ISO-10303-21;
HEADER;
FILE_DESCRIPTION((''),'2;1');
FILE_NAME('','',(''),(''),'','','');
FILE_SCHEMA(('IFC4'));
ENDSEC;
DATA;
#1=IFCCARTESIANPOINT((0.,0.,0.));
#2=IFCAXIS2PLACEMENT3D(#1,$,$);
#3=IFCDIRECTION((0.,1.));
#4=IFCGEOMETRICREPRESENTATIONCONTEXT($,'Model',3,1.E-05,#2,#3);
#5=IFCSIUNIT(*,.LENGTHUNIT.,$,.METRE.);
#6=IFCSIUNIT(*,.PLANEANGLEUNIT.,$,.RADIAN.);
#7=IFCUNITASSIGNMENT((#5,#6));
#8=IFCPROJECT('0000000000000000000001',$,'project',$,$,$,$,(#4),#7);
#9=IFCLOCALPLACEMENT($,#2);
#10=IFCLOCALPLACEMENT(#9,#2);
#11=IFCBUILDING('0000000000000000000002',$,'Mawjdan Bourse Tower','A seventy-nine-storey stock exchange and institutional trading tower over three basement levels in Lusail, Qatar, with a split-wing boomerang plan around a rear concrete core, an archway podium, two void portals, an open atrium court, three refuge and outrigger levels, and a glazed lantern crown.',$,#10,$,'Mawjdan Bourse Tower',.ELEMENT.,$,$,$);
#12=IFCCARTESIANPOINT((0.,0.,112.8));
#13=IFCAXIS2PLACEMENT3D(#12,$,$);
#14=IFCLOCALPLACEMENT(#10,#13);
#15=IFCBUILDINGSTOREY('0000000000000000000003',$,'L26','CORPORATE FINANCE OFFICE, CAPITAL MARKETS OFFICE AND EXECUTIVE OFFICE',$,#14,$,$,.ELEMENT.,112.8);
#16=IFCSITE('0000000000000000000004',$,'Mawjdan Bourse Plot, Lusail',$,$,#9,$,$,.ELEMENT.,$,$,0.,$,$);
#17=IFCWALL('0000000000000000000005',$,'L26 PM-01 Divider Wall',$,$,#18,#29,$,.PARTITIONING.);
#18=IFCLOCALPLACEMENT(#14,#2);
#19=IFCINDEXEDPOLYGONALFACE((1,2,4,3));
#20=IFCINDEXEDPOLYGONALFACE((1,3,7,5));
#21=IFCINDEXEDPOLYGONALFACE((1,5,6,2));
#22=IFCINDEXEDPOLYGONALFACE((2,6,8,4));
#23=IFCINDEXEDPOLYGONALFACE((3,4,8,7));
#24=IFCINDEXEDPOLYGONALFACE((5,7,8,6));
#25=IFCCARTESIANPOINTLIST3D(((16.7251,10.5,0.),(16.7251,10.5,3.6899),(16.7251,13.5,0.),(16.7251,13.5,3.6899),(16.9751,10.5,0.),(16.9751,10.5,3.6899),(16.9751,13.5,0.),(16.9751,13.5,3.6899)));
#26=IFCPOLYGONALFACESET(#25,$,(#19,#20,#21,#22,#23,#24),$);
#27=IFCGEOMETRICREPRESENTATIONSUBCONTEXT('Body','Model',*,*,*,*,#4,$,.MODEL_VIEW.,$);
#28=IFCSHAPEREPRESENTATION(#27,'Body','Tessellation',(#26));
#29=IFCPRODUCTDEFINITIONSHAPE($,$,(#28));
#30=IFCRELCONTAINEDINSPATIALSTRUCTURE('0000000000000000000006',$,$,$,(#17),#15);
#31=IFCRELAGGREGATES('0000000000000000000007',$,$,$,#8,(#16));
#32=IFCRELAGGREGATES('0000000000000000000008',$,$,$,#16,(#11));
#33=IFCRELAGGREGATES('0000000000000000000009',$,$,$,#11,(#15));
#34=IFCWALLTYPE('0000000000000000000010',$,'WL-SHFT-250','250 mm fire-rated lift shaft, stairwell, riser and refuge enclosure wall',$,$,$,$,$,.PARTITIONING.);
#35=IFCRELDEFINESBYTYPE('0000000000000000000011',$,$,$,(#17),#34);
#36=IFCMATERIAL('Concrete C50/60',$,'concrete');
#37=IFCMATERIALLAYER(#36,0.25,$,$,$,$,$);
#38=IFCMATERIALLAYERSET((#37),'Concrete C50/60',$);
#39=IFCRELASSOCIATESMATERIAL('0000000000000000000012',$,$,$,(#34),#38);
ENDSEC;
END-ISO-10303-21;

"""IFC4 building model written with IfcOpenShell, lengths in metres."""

from ifc_helpers import new_model, si_unit, direction, frame, frame_2d, origin, place, context, subcontext, project, spatial, rectangle, extrude, material, layer, layer_set, type_object, element, save


model = new_model("IFC4")

# Units and contexts
model_context = context("Model", 3, precision=1e-05, world=origin(), true_north=direction((0.0, 1.0)))
body_context = subcontext(model_context, "Body", "Model", "MODEL_VIEW")
ifc_project = project(units=[si_unit("LENGTHUNIT", "METRE"), si_unit("PLANEANGLEUNIT", "RADIAN")], contexts=[model_context])

# Site, building, storey
site_placement = place(None, origin())
site = spatial("IfcSite", under=ifc_project, at=site_placement, Name="Mawjdan Bourse Plot, Lusail", CompositionType="ELEMENT", RefElevation=0.0)
building_placement = place(site_placement, origin())
building = spatial("IfcBuilding", under=site, at=building_placement, Name="Mawjdan Bourse Tower", Description="A seventy-nine-storey stock exchange and institutional trading tower over three basement levels in Lusail, Qatar, with a split-wing boomerang plan around a rear concrete core, an archway podium, two void portals, an open atrium court, three refuge and outrigger levels, and a glazed lantern crown.", LongName="Mawjdan Bourse Tower", CompositionType="ELEMENT")
storey_placement = place(building_placement, frame((0.0, 0.0, 112.8)))
storey = spatial("IfcBuildingStorey", under=building, at=storey_placement, Name="L26", Description="CORPORATE FINANCE OFFICE, CAPITAL MARKETS OFFICE AND EXECUTIVE OFFICE", CompositionType="ELEMENT", Elevation=112.8)

# Shared definitions
ifc_material_1 = material(Name="Concrete C50/60", Category="concrete")
ifc_layer_1 = layer(ifc_material_1, 0.25)
ifc_layer_set_1 = layer_set([ifc_layer_1], Name="Concrete C50/60")
wall_type_1 = type_object("IfcWallType", Name="WL-SHFT-250", Description="250 mm fire-rated lift shaft, stairwell, riser and refuge enclosure wall", PredefinedType="PARTITIONING", material=ifc_layer_set_1)

# Wall
wall_1_placement = place(storey_placement, frame((16.8501, 10.5, 0.0), z_axis=(0.0, 0.0, 1.0), x_axis=(0.0, 1.0, 0.0)))
element("IfcWall", 1, at=wall_1_placement, inside=storey, type_object=wall_type_1, Name="L26 PM-01 Divider Wall", PredefinedType="PARTITIONING", context=body_context, shape_type="SweptSolid", body=[
    extrude(rectangle(XDim=3.0, YDim=0.25, at=frame_2d((1.5, 0.0))), origin(), (0.0, 0.0, 1.0), 3.6899),
])

save(model, "model.ifc")
